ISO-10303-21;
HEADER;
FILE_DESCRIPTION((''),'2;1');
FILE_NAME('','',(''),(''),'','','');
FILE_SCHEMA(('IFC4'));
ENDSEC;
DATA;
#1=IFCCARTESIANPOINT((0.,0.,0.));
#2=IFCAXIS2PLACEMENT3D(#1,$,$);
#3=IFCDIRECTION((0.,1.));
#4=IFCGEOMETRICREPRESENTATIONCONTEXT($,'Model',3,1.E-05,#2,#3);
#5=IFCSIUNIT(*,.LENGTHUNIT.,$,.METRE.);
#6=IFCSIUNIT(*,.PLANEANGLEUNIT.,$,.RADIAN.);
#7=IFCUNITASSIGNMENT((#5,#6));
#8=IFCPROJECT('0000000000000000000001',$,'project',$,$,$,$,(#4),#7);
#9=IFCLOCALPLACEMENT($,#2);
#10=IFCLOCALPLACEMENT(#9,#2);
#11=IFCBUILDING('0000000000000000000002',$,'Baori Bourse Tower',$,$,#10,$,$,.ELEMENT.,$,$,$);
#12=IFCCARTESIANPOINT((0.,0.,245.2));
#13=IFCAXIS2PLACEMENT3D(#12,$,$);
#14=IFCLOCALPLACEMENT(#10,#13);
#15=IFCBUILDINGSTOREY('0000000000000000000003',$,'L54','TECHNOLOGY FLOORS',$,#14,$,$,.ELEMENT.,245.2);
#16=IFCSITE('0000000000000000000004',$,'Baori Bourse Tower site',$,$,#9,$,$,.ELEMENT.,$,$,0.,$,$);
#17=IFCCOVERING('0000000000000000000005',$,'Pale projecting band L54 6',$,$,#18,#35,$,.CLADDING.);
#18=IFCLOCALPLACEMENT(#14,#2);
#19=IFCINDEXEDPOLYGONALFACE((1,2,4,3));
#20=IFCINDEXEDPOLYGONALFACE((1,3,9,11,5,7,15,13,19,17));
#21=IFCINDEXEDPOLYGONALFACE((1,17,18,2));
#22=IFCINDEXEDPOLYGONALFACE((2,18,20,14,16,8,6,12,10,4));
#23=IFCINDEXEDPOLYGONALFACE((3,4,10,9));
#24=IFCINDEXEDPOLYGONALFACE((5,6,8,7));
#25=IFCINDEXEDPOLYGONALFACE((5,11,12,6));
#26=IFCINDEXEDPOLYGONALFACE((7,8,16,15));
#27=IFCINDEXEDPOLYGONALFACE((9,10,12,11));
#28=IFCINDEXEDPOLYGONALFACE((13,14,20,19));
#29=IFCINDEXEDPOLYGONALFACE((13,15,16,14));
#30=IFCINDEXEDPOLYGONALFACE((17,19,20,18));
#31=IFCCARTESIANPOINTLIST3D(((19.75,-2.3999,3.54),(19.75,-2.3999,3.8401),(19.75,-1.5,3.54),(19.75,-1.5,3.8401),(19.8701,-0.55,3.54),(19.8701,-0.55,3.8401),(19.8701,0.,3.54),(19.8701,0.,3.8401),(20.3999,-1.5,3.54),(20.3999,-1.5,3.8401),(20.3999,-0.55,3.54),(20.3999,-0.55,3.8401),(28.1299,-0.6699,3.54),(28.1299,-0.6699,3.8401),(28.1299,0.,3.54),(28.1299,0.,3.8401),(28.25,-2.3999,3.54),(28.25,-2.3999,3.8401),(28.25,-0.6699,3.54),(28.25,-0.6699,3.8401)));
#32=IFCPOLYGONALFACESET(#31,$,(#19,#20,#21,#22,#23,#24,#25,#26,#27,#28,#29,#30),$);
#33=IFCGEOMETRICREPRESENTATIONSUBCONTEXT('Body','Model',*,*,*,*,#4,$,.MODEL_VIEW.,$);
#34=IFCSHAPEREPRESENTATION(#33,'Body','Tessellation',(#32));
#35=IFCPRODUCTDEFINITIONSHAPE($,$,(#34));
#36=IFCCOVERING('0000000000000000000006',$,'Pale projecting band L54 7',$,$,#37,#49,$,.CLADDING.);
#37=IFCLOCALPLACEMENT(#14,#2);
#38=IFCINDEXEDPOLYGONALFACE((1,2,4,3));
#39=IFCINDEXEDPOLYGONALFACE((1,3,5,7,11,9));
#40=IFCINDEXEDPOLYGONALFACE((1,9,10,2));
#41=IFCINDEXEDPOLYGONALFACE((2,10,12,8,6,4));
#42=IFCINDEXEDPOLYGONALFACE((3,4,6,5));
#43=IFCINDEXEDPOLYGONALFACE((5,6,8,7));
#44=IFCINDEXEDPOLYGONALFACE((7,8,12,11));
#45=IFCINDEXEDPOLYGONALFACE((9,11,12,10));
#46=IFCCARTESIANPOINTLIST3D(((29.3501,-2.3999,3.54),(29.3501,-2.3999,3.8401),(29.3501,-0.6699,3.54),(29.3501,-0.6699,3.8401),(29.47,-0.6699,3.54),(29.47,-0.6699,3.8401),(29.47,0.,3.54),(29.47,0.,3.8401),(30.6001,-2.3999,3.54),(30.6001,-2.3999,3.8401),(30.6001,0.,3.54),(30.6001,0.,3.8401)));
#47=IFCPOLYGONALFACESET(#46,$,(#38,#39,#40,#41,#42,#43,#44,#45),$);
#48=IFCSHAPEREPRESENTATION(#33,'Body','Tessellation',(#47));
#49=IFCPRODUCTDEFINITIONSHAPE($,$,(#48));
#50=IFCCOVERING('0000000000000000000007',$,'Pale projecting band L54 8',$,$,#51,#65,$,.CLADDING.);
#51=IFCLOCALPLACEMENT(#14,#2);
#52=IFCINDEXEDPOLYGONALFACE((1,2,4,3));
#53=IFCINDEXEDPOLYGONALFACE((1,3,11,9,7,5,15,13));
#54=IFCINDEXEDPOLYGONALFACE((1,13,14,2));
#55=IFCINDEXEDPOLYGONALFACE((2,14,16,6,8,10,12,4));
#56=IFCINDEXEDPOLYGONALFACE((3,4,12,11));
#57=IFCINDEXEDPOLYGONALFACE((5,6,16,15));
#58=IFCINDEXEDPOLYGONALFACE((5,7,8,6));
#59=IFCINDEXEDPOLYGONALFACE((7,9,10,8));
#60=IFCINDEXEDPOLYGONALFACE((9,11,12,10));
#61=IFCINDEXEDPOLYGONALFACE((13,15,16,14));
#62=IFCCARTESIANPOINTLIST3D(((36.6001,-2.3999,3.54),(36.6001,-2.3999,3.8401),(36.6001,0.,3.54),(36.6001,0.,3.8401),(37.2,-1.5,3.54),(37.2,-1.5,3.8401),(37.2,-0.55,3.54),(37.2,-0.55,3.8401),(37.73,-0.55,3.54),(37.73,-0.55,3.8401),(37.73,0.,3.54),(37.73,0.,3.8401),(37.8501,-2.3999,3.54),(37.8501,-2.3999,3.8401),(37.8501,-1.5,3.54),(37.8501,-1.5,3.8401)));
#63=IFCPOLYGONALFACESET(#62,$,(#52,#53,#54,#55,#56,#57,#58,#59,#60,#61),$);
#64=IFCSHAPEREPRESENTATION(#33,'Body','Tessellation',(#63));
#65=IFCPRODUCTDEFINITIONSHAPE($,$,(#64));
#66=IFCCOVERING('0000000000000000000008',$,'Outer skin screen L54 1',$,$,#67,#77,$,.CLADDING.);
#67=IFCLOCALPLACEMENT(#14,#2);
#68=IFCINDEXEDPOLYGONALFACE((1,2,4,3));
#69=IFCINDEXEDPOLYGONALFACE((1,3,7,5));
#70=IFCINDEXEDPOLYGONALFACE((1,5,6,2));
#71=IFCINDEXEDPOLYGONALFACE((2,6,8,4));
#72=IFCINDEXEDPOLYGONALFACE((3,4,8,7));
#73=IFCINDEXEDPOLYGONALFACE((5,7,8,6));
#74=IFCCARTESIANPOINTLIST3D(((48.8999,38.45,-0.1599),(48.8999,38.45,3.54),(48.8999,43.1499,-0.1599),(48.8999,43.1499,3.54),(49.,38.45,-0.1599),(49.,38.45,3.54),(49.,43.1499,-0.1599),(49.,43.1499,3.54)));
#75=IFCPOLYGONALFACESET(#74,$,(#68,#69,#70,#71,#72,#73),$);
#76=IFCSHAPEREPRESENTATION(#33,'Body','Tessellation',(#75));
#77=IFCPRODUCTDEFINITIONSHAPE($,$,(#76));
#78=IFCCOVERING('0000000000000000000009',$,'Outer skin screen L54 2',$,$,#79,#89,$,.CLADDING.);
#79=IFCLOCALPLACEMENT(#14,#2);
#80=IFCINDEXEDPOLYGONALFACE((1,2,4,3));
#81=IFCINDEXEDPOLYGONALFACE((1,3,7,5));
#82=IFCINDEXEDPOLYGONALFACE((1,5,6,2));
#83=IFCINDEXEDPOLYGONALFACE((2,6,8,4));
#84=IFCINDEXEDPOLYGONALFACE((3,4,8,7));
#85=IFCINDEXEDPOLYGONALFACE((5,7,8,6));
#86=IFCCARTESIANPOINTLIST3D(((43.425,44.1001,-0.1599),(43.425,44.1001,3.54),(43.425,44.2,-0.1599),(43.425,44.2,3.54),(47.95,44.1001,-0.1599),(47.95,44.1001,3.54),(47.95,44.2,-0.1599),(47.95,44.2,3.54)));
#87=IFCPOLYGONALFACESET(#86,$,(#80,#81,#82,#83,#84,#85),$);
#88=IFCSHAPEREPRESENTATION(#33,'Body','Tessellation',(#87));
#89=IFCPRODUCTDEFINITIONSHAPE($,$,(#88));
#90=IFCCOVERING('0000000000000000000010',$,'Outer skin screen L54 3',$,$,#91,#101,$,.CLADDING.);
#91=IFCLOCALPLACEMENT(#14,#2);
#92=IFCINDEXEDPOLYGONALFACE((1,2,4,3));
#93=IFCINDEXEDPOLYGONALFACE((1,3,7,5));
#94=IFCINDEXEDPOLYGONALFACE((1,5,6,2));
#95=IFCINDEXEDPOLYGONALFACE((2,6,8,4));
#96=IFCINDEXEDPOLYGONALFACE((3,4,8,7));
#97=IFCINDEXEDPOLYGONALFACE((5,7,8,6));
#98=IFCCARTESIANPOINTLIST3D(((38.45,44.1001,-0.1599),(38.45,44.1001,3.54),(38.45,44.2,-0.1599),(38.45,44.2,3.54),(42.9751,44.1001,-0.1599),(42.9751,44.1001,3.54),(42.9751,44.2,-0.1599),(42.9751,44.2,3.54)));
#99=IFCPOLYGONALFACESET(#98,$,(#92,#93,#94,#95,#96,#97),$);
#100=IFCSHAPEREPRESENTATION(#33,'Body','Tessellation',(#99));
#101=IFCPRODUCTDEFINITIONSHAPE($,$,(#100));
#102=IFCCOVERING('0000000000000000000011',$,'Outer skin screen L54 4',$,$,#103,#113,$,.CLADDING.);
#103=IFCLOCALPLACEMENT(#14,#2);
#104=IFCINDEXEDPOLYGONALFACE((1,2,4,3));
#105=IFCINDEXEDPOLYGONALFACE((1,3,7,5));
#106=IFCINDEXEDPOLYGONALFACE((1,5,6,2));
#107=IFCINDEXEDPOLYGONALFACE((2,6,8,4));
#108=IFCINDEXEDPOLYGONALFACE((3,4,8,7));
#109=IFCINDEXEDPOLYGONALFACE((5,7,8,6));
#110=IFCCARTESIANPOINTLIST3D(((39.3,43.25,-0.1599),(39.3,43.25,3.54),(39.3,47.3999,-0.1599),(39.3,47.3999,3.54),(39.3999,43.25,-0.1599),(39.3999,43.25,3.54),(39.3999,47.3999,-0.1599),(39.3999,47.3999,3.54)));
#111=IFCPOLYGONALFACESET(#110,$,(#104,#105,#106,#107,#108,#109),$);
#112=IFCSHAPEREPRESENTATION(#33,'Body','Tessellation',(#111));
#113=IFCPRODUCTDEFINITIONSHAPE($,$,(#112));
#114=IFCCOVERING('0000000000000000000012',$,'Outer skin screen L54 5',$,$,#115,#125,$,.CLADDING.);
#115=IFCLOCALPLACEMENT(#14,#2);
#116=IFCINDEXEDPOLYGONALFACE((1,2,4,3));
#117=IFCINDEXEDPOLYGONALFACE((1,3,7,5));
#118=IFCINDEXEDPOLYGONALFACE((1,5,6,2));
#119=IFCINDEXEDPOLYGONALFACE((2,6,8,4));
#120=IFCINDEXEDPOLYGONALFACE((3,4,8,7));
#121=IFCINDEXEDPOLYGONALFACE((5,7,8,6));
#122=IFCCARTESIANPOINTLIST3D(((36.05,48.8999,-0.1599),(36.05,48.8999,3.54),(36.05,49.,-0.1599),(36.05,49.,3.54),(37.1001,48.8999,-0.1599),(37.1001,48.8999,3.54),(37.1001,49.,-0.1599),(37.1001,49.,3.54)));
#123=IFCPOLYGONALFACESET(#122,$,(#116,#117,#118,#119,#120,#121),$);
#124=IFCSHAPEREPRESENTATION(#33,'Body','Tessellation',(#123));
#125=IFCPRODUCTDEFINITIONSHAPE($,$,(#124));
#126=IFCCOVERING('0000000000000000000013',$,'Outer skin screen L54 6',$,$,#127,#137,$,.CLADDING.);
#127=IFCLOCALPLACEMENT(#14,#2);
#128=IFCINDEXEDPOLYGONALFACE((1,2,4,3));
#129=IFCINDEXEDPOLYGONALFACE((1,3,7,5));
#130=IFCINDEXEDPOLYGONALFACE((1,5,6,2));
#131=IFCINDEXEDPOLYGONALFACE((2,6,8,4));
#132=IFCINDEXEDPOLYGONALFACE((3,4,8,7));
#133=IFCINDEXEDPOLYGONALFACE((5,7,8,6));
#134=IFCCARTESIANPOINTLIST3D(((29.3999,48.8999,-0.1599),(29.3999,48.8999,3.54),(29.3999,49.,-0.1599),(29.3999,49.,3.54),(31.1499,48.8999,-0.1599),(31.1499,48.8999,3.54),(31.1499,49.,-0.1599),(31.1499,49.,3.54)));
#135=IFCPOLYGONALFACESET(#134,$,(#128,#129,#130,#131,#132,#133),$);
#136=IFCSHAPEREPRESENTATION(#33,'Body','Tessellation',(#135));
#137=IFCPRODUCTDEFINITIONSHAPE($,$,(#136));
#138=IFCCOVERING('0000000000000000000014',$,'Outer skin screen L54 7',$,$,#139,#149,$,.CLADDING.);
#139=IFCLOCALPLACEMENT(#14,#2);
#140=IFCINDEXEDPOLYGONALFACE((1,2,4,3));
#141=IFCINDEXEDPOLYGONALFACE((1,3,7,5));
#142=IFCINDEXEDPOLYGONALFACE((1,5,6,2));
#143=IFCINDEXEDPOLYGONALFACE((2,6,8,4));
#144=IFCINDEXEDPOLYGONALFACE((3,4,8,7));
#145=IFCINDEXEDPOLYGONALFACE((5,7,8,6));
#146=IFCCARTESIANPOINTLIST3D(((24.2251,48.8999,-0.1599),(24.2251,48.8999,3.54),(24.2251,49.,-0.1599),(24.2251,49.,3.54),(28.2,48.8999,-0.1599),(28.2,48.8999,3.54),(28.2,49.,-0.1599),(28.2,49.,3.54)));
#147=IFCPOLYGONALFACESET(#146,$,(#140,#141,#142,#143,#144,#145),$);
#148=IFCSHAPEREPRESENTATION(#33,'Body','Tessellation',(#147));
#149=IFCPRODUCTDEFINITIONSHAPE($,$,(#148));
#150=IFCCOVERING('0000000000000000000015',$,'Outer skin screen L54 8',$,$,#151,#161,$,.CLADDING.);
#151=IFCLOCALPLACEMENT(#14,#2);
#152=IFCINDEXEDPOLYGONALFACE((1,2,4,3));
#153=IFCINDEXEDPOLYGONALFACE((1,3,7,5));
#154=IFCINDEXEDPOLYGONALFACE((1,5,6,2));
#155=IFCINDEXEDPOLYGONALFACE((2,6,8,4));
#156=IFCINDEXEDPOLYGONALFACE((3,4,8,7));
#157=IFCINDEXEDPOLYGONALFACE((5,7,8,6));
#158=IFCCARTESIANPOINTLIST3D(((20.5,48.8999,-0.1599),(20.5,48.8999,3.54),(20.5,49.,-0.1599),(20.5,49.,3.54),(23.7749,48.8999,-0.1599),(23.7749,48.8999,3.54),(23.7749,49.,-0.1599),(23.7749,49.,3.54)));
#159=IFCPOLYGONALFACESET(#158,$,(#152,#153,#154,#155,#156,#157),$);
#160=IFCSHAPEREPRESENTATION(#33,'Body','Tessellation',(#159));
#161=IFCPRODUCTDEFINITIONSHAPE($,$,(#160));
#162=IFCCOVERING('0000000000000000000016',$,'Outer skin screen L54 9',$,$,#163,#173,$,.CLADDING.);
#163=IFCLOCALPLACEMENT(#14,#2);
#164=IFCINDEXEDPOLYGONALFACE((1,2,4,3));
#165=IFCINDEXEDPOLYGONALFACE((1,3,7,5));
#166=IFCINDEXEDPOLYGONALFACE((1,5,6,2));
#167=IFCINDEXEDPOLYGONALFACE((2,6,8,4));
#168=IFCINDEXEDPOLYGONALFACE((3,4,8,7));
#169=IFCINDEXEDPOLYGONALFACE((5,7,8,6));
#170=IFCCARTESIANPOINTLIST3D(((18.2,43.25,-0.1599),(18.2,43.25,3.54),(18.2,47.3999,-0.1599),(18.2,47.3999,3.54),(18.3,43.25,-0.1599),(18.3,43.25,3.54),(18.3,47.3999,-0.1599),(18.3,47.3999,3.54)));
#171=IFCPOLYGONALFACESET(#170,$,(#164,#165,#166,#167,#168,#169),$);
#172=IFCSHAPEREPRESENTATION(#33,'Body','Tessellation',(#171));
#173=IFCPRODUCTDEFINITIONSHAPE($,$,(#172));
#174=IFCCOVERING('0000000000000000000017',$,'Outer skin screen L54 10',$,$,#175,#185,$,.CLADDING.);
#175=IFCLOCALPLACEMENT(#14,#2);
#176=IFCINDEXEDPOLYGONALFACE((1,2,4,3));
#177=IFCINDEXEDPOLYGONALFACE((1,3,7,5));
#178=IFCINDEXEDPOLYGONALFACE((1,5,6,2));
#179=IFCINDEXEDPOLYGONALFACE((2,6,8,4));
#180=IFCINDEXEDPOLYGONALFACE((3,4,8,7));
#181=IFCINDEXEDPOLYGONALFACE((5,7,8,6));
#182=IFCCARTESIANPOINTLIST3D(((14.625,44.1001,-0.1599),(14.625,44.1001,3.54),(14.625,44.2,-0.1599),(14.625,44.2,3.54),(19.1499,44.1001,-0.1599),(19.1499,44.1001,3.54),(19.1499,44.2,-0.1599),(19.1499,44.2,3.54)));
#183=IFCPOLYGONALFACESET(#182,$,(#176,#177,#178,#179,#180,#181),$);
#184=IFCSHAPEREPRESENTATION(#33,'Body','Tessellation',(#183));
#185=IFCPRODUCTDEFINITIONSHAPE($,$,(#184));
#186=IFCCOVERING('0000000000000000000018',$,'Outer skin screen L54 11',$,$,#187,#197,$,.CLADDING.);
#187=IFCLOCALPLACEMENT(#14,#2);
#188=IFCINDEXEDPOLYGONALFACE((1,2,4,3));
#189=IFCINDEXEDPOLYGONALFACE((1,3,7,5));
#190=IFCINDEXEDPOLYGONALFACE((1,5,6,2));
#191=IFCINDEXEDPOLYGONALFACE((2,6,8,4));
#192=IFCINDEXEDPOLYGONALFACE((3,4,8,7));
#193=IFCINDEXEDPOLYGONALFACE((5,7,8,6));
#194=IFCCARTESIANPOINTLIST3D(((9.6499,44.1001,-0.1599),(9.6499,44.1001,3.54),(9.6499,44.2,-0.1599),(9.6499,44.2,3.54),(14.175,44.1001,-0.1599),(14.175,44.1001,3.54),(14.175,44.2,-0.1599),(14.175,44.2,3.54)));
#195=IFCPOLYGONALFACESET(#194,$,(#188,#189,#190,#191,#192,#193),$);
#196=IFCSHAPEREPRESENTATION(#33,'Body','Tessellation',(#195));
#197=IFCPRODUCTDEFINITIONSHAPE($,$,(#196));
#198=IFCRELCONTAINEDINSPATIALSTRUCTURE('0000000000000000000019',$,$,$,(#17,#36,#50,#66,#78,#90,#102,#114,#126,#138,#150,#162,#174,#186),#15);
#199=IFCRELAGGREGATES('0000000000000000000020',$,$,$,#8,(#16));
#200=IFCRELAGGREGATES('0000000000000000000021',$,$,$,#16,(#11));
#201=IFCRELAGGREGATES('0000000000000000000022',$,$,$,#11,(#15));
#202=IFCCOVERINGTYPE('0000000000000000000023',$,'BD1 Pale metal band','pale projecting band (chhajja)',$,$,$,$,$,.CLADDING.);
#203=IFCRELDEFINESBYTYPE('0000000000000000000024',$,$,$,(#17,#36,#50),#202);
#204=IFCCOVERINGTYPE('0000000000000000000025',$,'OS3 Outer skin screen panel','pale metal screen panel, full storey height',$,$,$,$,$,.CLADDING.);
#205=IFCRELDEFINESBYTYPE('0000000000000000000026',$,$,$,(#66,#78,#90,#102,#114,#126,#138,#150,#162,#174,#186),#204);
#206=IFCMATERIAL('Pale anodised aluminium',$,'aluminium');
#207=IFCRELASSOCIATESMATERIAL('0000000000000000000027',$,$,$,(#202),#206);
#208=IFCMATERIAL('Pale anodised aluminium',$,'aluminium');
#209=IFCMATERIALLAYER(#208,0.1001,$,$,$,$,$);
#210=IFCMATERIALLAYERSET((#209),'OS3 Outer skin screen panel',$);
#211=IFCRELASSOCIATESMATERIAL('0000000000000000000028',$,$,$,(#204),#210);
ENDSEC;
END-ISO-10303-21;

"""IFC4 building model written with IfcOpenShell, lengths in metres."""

from ifc_helpers import new_model, si_unit, direction, frame, origin, place, context, subcontext, project, spatial, polyline, outline, extrude, material, layer, layer_set, type_object, element, save


model = new_model("IFC4")

# Units and contexts
model_context = context("Model", 3, precision=1e-05, world=origin(), true_north=direction((0.0, 1.0)))
body_context = subcontext(model_context, "Body", "Model", "MODEL_VIEW")
ifc_project = project(units=[si_unit("LENGTHUNIT", "METRE"), si_unit("PLANEANGLEUNIT", "RADIAN")], contexts=[model_context])

# Site, building, storey
site_placement = place(None, origin())
site = spatial("IfcSite", under=ifc_project, at=site_placement, Name="Baori Bourse Tower site", CompositionType="ELEMENT", RefElevation=0.0)
building_placement = place(site_placement, origin())
building = spatial("IfcBuilding", under=site, at=building_placement, Name="Baori Bourse Tower", CompositionType="ELEMENT")
storey_placement = place(building_placement, frame((0.0, 0.0, 245.2)))
storey = spatial("IfcBuildingStorey", under=building, at=storey_placement, Name="L54", Description="TECHNOLOGY FLOORS", CompositionType="ELEMENT", Elevation=245.2)

# Coverings
ifc_material_1 = material(Name="Pale anodised aluminium", Category="aluminium")
covering_type_1 = type_object("IfcCoveringType", Name="BD1 Pale metal band", Description="pale projecting band (chhajja)", PredefinedType="CLADDING", material=ifc_material_1)
covering_1_placement = place(storey_placement, frame((0.0, 0.0, 3.54)))
element("IfcCovering", 1, at=covering_1_placement, inside=storey, type_object=covering_type_1, Name="Pale projecting band L54 6", PredefinedType="CLADDING", context=body_context, shape_type="SweptSolid", body=[
    extrude(outline(polyline([(28.1299, 0.0), (19.8701, 0.0), (19.8701, -0.55), (20.3999, -0.55), (20.3999, -1.5), (19.75, -1.5), (19.75, -2.3999), (28.25, -2.3999), (28.25, -0.6699), (28.1299, -0.6699), (28.1299, 0.0)])), origin(), (0.0, 0.0, 1.0), 0.3),
])
covering_2_placement = place(storey_placement, frame((0.0, 0.0, 3.54)))
element("IfcCovering", 2, at=covering_2_placement, inside=storey, type_object=covering_type_1, Name="Pale projecting band L54 7", PredefinedType="CLADDING", context=body_context, shape_type="SweptSolid", body=[
    extrude(outline(polyline([(30.6001, 0.0), (29.47, 0.0), (29.47, -0.6699), (29.3501, -0.6699), (29.3501, -2.3999), (30.6001, -2.3999), (30.6001, 0.0)])), origin(), (0.0, 0.0, 1.0), 0.3),
])
covering_3_placement = place(storey_placement, frame((0.0, 0.0, 3.54)))
element("IfcCovering", 3, at=covering_3_placement, inside=storey, type_object=covering_type_1, Name="Pale projecting band L54 8", PredefinedType="CLADDING", context=body_context, shape_type="SweptSolid", body=[
    extrude(outline(polyline([(37.73, 0.0), (36.6001, 0.0), (36.6001, -2.3999), (37.8501, -2.3999), (37.8501, -1.5), (37.2, -1.5), (37.2, -0.55), (37.73, -0.55), (37.73, 0.0)])), origin(), (0.0, 0.0, 1.0), 0.3),
])
ifc_material_2 = material(Name="Pale anodised aluminium", Category="aluminium")
ifc_layer_1 = layer(ifc_material_2, 0.1001)
ifc_layer_set_1 = layer_set([ifc_layer_1], Name="OS3 Outer skin screen panel")
covering_type_2 = type_object("IfcCoveringType", Name="OS3 Outer skin screen panel", Description="pale metal screen panel, full storey height", PredefinedType="CLADDING", material=ifc_layer_set_1)
covering_4_placement = place(storey_placement, frame((0.0, 0.0, -0.1599)))
element("IfcCovering", 4, at=covering_4_placement, inside=storey, type_object=covering_type_2, Name="Outer skin screen L54 1", PredefinedType="CLADDING", context=body_context, shape_type="SweptSolid", body=[
    extrude(outline(polyline([(48.8999, 43.1499), (48.8999, 38.45), (49.0, 38.45), (49.0, 43.1499), (48.8999, 43.1499)])), origin(), (0.0, 0.0, 1.0), 3.7),
])
covering_5_placement = place(storey_placement, frame((0.0, 0.0, -0.1599)))
element("IfcCovering", 5, at=covering_5_placement, inside=storey, type_object=covering_type_2, Name="Outer skin screen L54 2", PredefinedType="CLADDING", context=body_context, shape_type="SweptSolid", body=[
    extrude(outline(polyline([(43.425, 44.1001), (47.95, 44.1001), (47.95, 44.2), (43.425, 44.2), (43.425, 44.1001)])), origin(), (0.0, 0.0, 1.0), 3.7),
])
covering_6_placement = place(storey_placement, frame((0.0, 0.0, -0.1599)))
element("IfcCovering", 6, at=covering_6_placement, inside=storey, type_object=covering_type_2, Name="Outer skin screen L54 3", PredefinedType="CLADDING", context=body_context, shape_type="SweptSolid", body=[
    extrude(outline(polyline([(38.45, 44.1001), (42.9751, 44.1001), (42.9751, 44.2), (38.45, 44.2), (38.45, 44.1001)])), origin(), (0.0, 0.0, 1.0), 3.7),
])
covering_7_placement = place(storey_placement, frame((0.0, 0.0, -0.1599)))
element("IfcCovering", 7, at=covering_7_placement, inside=storey, type_object=covering_type_2, Name="Outer skin screen L54 4", PredefinedType="CLADDING", context=body_context, shape_type="SweptSolid", body=[
    extrude(outline(polyline([(39.3, 47.3999), (39.3, 43.25), (39.3999, 43.25), (39.3999, 47.3999), (39.3, 47.3999)])), origin(), (0.0, 0.0, 1.0), 3.7),
])
covering_8_placement = place(storey_placement, frame((0.0, 0.0, -0.1599)))
element("IfcCovering", 8, at=covering_8_placement, inside=storey, type_object=covering_type_2, Name="Outer skin screen L54 5", PredefinedType="CLADDING", context=body_context, shape_type="SweptSolid", body=[
    extrude(outline(polyline([(36.05, 48.8999), (37.1001, 48.8999), (37.1001, 49.0), (36.05, 49.0), (36.05, 48.8999)])), origin(), (0.0, 0.0, 1.0), 3.7),
])
covering_9_placement = place(storey_placement, frame((0.0, 0.0, -0.1599)))
element("IfcCovering", 9, at=covering_9_placement, inside=storey, type_object=covering_type_2, Name="Outer skin screen L54 6", PredefinedType="CLADDING", context=body_context, shape_type="SweptSolid", body=[
    extrude(outline(polyline([(29.3999, 48.8999), (31.1499, 48.8999), (31.1499, 49.0), (29.3999, 49.0), (29.3999, 48.8999)])), origin(), (0.0, 0.0, 1.0), 3.7),
])
covering_10_placement = place(storey_placement, frame((0.0, 0.0, -0.1599)))
element("IfcCovering", 10, at=covering_10_placement, inside=storey, type_object=covering_type_2, Name="Outer skin screen L54 7", PredefinedType="CLADDING", context=body_context, shape_type="SweptSolid", body=[
    extrude(outline(polyline([(24.2251, 48.8999), (28.2, 48.8999), (28.2, 49.0), (24.2251, 49.0), (24.2251, 48.8999)])), origin(), (0.0, 0.0, 1.0), 3.7),
])
covering_11_placement = place(storey_placement, frame((0.0, 0.0, -0.1599)))
element("IfcCovering", 11, at=covering_11_placement, inside=storey, type_object=covering_type_2, Name="Outer skin screen L54 8", PredefinedType="CLADDING", context=body_context, shape_type="SweptSolid", body=[
    extrude(outline(polyline([(20.5, 48.8999), (23.7749, 48.8999), (23.7749, 49.0), (20.5, 49.0), (20.5, 48.8999)])), origin(), (0.0, 0.0, 1.0), 3.7),
])
covering_12_placement = place(storey_placement, frame((0.0, 0.0, -0.1599)))
element("IfcCovering", 12, at=covering_12_placement, inside=storey, type_object=covering_type_2, Name="Outer skin screen L54 9", PredefinedType="CLADDING", context=body_context, shape_type="SweptSolid", body=[
    extrude(outline(polyline([(18.3, 43.25), (18.3, 47.3999), (18.2, 47.3999), (18.2, 43.25), (18.3, 43.25)])), origin(), (0.0, 0.0, 1.0), 3.7),
])
covering_13_placement = place(storey_placement, frame((0.0, 0.0, -0.1599)))
element("IfcCovering", 13, at=covering_13_placement, inside=storey, type_object=covering_type_2, Name="Outer skin screen L54 10", PredefinedType="CLADDING", context=body_context, shape_type="SweptSolid", body=[
    extrude(outline(polyline([(14.625, 44.1001), (19.1499, 44.1001), (19.1499, 44.2), (14.625, 44.2), (14.625, 44.1001)])), origin(), (0.0, 0.0, 1.0), 3.7),
])
covering_14_placement = place(storey_placement, frame((0.0, 0.0, -0.1599)))
element("IfcCovering", 14, at=covering_14_placement, inside=storey, type_object=covering_type_2, Name="Outer skin screen L54 11", PredefinedType="CLADDING", context=body_context, shape_type="SweptSolid", body=[
    extrude(outline(polyline([(9.6499, 44.1001), (14.175, 44.1001), (14.175, 44.2), (9.6499, 44.2), (9.6499, 44.1001)])), origin(), (0.0, 0.0, 1.0), 3.7),
])

save(model, "model.ifc")
